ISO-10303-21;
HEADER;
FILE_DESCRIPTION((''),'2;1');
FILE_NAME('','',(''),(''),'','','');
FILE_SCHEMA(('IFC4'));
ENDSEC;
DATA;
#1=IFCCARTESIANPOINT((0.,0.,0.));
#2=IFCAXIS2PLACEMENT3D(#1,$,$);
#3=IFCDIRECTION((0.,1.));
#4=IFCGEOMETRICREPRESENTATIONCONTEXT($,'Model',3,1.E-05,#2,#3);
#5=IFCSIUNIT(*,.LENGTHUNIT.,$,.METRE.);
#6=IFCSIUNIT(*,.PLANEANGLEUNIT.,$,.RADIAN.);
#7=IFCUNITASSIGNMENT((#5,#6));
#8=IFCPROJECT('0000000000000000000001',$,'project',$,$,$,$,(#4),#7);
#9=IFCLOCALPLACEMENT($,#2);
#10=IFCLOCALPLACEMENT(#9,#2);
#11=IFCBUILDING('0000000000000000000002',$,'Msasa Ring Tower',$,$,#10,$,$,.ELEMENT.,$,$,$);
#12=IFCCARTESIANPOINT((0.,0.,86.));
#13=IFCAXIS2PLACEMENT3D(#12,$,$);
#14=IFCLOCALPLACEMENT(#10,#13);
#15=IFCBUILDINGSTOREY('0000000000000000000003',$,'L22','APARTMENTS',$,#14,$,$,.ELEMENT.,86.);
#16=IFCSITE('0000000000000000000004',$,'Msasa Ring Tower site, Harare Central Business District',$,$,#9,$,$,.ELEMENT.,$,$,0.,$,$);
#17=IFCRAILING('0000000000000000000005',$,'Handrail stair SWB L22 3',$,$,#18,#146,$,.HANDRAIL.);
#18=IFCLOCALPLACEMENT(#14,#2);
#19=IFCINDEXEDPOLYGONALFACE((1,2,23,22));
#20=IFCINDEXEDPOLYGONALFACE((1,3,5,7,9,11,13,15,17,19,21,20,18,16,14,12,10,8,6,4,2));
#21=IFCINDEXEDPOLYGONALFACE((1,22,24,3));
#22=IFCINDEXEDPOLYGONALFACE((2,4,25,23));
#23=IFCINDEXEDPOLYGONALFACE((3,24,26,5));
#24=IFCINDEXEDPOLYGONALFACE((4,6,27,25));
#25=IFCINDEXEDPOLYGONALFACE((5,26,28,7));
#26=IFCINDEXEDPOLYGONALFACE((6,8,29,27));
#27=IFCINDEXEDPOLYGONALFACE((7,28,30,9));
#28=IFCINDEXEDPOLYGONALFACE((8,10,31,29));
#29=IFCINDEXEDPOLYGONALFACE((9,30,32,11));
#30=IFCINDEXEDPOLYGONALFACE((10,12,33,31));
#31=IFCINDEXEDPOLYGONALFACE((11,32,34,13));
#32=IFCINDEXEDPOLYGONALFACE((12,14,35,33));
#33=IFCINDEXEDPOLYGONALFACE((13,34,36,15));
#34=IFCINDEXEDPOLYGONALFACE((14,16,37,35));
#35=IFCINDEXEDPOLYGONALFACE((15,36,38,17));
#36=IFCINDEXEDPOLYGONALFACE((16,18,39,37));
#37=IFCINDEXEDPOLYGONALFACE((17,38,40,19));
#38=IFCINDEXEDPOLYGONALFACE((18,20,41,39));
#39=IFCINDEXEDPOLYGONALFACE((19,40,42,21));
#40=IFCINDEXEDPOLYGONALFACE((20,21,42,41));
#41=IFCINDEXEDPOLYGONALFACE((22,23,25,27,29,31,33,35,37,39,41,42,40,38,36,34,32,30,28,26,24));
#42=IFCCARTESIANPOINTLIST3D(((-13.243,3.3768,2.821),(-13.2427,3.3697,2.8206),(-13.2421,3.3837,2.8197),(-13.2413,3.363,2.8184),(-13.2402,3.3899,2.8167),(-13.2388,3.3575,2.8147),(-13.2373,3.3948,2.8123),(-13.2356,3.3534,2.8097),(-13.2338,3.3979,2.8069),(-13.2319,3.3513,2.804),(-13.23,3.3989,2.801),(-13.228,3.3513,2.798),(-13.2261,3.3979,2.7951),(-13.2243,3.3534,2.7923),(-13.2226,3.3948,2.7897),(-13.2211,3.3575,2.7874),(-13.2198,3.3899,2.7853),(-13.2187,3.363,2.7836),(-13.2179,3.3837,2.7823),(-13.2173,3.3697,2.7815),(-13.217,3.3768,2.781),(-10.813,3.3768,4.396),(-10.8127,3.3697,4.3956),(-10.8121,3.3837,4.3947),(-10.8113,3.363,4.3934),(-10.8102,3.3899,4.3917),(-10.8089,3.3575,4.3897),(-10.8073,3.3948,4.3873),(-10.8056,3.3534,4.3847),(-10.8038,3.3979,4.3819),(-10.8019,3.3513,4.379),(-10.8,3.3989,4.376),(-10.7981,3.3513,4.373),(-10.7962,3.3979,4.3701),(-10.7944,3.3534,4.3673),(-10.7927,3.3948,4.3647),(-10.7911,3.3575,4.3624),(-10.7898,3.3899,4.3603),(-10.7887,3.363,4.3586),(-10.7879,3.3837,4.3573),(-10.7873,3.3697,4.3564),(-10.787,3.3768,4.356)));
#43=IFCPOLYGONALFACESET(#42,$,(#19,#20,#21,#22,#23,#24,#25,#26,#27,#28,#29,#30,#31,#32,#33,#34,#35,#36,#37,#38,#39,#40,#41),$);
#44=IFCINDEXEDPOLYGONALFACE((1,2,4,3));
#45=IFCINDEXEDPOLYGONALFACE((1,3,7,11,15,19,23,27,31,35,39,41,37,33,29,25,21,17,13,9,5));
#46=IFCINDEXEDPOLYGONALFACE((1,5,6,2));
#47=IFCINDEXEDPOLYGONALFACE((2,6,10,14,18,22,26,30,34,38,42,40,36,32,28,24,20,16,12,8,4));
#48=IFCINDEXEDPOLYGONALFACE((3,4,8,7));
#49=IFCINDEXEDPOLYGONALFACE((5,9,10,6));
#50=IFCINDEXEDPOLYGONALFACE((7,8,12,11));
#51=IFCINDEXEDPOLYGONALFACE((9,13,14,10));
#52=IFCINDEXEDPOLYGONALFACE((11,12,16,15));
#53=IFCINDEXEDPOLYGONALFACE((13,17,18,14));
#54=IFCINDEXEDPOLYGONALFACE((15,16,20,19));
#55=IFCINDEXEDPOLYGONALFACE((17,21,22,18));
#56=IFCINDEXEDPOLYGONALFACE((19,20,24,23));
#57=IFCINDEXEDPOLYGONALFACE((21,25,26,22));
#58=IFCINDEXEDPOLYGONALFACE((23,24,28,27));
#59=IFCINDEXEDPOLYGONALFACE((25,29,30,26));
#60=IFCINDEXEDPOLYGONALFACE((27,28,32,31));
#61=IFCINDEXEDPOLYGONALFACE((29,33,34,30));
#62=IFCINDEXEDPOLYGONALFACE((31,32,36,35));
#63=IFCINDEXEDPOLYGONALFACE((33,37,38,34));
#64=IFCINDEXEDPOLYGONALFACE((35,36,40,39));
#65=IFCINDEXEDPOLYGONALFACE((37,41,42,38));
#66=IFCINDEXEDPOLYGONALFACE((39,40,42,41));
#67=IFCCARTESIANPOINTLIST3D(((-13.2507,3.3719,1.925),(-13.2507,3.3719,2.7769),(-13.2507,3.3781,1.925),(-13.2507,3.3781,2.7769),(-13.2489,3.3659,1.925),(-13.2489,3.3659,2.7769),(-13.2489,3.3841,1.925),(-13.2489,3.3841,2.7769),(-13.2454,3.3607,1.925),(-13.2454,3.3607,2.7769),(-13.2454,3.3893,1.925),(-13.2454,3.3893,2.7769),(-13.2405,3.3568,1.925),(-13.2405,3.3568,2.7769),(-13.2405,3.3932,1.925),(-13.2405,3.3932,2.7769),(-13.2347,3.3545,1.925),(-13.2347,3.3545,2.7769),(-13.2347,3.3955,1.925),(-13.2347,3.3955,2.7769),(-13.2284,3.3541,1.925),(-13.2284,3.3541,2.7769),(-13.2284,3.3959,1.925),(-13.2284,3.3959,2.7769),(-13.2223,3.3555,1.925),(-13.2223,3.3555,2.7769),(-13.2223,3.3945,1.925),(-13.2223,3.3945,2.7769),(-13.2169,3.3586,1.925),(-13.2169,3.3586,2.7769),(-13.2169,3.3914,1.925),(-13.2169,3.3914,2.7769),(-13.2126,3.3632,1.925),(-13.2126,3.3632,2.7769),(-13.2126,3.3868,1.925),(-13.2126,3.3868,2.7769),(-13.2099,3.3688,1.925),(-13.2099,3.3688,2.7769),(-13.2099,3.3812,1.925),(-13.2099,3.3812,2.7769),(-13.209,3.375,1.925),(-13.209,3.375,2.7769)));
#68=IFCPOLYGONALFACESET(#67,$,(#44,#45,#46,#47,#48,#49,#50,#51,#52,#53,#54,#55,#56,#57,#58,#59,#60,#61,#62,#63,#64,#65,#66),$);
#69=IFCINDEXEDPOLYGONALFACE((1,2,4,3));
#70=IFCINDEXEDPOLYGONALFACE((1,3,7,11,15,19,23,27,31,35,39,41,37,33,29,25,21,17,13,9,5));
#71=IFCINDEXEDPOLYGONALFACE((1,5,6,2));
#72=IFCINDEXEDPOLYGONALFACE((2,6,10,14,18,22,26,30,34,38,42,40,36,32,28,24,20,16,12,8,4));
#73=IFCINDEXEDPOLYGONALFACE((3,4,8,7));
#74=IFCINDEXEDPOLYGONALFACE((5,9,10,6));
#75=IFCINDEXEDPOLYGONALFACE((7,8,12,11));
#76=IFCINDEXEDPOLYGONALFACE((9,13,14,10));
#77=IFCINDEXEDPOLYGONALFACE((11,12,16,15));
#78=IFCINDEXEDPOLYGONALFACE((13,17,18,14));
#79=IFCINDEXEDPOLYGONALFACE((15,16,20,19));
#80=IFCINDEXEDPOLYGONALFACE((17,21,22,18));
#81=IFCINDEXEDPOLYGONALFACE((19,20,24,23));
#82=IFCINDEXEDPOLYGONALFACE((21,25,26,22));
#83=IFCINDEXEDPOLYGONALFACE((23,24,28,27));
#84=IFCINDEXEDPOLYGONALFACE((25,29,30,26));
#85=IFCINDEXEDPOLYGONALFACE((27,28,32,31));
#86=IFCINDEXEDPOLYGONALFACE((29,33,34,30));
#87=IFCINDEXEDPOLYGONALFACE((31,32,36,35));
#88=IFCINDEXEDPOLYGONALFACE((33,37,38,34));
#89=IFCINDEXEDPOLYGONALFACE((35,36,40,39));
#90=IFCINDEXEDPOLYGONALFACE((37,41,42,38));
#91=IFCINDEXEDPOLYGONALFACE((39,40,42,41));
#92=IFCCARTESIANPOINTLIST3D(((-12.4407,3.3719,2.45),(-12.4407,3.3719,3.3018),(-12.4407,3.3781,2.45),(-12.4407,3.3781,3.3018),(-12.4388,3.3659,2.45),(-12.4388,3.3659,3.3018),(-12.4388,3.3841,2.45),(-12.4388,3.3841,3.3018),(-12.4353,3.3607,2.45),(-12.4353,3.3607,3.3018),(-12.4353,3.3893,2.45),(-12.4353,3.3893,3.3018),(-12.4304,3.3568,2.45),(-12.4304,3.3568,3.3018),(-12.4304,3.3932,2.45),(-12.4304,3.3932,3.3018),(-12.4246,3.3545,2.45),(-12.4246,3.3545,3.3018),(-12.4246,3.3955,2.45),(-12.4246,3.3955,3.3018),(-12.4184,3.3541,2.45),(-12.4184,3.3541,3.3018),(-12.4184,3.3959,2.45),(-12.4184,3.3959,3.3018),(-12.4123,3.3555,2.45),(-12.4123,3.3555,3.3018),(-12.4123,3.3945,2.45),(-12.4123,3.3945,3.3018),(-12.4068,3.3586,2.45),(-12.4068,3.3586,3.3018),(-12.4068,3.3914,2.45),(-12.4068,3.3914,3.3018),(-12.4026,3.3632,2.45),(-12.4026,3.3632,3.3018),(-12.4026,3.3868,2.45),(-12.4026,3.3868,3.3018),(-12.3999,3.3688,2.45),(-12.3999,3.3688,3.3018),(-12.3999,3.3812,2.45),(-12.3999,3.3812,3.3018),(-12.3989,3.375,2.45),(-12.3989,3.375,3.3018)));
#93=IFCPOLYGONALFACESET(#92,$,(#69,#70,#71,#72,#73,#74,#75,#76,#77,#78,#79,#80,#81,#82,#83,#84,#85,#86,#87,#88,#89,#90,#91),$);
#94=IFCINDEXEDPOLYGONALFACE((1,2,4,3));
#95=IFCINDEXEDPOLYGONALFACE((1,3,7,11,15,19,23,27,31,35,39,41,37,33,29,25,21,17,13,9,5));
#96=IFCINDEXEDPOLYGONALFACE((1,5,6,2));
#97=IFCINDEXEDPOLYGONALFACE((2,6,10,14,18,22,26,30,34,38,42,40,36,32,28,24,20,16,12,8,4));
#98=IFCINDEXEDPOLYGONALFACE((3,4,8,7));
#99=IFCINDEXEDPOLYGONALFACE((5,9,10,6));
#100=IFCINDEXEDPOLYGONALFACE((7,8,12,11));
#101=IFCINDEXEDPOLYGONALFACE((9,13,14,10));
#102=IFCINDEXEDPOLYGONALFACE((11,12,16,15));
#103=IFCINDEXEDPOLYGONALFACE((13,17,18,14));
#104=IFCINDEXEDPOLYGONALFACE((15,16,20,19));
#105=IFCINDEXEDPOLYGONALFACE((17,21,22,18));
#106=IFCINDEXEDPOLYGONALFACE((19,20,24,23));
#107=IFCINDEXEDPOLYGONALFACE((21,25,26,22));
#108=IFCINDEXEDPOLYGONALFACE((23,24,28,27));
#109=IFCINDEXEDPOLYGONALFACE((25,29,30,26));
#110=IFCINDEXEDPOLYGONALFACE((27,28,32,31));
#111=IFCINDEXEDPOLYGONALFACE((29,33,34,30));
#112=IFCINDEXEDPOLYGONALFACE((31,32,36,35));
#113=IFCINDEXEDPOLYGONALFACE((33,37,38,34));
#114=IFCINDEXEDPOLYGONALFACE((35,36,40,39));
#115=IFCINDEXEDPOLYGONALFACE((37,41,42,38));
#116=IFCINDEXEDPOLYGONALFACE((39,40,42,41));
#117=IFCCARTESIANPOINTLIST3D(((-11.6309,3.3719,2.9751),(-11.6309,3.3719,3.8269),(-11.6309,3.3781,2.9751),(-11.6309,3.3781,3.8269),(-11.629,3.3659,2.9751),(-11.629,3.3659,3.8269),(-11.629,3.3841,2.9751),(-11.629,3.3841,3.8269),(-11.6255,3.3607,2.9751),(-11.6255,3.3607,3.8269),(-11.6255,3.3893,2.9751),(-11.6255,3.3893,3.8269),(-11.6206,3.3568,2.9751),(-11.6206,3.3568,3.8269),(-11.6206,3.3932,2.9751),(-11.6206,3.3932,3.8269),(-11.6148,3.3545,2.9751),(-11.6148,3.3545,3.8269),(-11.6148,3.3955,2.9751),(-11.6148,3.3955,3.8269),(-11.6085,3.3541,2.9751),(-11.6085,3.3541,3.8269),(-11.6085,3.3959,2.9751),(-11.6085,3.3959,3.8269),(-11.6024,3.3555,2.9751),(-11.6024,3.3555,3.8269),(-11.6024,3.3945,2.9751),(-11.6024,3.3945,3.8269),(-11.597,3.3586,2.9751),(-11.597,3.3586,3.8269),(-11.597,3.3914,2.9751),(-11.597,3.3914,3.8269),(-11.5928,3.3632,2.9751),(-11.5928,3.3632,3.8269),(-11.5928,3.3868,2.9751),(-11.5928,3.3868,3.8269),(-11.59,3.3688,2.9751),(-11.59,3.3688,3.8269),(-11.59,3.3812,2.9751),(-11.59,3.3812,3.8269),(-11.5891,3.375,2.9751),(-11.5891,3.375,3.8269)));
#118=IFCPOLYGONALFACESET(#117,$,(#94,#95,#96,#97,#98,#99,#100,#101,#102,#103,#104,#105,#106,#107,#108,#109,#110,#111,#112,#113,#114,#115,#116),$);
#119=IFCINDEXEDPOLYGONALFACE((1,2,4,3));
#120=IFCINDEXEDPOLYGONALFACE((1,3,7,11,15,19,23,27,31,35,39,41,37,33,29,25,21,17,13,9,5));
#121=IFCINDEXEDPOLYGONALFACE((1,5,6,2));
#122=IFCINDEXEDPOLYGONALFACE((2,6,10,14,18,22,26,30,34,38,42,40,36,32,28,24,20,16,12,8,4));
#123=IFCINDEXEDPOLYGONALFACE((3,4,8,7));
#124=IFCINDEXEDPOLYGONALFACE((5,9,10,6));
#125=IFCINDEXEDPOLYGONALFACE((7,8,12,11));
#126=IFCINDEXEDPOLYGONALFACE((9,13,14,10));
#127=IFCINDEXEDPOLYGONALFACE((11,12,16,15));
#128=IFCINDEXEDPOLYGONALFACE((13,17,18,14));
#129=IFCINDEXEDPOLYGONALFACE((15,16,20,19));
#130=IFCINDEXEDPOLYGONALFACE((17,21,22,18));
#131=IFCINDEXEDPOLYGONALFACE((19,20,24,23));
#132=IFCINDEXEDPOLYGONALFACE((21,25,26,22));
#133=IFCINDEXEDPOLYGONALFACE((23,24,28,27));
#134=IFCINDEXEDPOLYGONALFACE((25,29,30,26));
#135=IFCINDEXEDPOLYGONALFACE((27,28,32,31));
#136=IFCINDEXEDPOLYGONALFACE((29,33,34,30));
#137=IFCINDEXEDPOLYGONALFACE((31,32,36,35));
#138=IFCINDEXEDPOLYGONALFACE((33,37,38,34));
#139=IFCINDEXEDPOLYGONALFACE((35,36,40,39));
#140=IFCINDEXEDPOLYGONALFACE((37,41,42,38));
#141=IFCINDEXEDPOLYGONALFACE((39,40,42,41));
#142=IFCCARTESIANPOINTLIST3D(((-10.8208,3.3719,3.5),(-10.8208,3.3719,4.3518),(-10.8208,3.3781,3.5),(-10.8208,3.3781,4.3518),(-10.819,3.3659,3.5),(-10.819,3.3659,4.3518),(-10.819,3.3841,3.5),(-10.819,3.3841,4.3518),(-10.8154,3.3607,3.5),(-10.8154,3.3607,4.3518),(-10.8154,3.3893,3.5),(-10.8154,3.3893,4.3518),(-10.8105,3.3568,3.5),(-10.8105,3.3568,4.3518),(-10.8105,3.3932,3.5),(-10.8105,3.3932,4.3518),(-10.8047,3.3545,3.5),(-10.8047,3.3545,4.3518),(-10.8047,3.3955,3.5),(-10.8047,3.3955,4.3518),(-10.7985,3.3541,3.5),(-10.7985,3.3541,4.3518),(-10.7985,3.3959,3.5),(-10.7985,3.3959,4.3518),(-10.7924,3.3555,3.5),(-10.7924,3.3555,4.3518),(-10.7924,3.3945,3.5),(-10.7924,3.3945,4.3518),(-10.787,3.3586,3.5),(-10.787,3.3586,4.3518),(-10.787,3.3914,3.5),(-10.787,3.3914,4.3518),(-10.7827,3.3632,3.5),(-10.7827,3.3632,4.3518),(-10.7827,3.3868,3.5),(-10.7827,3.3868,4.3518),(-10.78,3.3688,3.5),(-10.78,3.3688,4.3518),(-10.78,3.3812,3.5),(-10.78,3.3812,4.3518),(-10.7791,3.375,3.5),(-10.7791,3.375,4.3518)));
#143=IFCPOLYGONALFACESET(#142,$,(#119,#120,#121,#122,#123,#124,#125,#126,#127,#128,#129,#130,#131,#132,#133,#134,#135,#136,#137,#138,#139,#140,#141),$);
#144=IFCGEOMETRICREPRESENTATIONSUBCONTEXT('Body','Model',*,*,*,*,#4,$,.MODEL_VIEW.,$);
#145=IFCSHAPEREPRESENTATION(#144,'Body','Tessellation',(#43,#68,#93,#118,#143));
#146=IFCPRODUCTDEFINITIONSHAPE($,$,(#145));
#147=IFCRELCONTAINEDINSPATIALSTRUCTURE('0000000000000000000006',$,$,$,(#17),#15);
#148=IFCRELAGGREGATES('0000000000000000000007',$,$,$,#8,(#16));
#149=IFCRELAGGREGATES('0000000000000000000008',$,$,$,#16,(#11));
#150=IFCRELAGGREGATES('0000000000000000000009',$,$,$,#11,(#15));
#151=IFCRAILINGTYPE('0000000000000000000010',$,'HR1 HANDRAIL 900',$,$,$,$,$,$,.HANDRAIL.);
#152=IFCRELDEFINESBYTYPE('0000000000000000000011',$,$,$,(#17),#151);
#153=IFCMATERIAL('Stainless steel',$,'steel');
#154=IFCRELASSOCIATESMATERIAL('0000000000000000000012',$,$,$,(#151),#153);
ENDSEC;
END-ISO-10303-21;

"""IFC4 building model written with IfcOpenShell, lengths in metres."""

from ifc_helpers import new_model, si_unit, direction, frame, origin, origin_2d, place, context, subcontext, project, spatial, circle, extrude, material, type_object, element, save


model = new_model("IFC4")

# Units and contexts
model_context = context("Model", 3, precision=1e-05, world=origin(), true_north=direction((0.0, 1.0)))
body_context = subcontext(model_context, "Body", "Model", "MODEL_VIEW")
ifc_project = project(units=[si_unit("LENGTHUNIT", "METRE"), si_unit("PLANEANGLEUNIT", "RADIAN")], contexts=[model_context])

# Site, building, storey
site_placement = place(None, origin())
site = spatial("IfcSite", under=ifc_project, at=site_placement, Name="Msasa Ring Tower site, Harare Central Business District", CompositionType="ELEMENT", RefElevation=0.0)
building_placement = place(site_placement, origin())
building = spatial("IfcBuilding", under=site, at=building_placement, Name="Msasa Ring Tower", CompositionType="ELEMENT")
storey_placement = place(building_placement, frame((0.0, 0.0, 86.0)))
storey = spatial("IfcBuildingStorey", under=building, at=storey_placement, Name="L22", Description="APARTMENTS", CompositionType="ELEMENT", Elevation=86.0)

# Railing
ifc_material_1 = material(Name="Stainless steel", Category="steel")
railing_type = type_object("IfcRailingType", Name="HR1 HANDRAIL 900", PredefinedType="HANDRAIL", material=ifc_material_1)
for number, where, name in (
    (1, (-13.23, 3.375, 1.925), "Handrail stair SWB L22 3"),
):
    element("IfcRailing", number, at=place(storey_placement, frame(where)), inside=storey, type_object=railing_type, Name=name, PredefinedType="HANDRAIL", context=body_context, shape_type="SweptSolid", body=[
        extrude(circle(Radius=0.0239, at=origin_2d()), frame((0.0, 0.0, 0.876), z_axis=(0.839154, 0.0, 0.543894), x_axis=(0.0, 1.0, 0.0)), (0.0, 0.0, 1.0), 2.8958),
        extrude(circle(Radius=0.021, at=origin_2d()), origin(), (0.0, 0.0, 1.0), 0.8518),
        extrude(circle(Radius=0.021, at=origin_2d()), frame((0.8101, 0.0, 0.5249)), (0.0, 0.0, 1.0), 0.8518),
        extrude(circle(Radius=0.021, at=origin_2d()), frame((1.6199, 0.0, 1.05)), (0.0, 0.0, 1.0), 0.8518),
        extrude(circle(Radius=0.021, at=origin_2d()), frame((2.4299, 0.0, 1.575)), (0.0, 0.0, 1.0), 0.8518),
    ])

save(model, "model.ifc")
